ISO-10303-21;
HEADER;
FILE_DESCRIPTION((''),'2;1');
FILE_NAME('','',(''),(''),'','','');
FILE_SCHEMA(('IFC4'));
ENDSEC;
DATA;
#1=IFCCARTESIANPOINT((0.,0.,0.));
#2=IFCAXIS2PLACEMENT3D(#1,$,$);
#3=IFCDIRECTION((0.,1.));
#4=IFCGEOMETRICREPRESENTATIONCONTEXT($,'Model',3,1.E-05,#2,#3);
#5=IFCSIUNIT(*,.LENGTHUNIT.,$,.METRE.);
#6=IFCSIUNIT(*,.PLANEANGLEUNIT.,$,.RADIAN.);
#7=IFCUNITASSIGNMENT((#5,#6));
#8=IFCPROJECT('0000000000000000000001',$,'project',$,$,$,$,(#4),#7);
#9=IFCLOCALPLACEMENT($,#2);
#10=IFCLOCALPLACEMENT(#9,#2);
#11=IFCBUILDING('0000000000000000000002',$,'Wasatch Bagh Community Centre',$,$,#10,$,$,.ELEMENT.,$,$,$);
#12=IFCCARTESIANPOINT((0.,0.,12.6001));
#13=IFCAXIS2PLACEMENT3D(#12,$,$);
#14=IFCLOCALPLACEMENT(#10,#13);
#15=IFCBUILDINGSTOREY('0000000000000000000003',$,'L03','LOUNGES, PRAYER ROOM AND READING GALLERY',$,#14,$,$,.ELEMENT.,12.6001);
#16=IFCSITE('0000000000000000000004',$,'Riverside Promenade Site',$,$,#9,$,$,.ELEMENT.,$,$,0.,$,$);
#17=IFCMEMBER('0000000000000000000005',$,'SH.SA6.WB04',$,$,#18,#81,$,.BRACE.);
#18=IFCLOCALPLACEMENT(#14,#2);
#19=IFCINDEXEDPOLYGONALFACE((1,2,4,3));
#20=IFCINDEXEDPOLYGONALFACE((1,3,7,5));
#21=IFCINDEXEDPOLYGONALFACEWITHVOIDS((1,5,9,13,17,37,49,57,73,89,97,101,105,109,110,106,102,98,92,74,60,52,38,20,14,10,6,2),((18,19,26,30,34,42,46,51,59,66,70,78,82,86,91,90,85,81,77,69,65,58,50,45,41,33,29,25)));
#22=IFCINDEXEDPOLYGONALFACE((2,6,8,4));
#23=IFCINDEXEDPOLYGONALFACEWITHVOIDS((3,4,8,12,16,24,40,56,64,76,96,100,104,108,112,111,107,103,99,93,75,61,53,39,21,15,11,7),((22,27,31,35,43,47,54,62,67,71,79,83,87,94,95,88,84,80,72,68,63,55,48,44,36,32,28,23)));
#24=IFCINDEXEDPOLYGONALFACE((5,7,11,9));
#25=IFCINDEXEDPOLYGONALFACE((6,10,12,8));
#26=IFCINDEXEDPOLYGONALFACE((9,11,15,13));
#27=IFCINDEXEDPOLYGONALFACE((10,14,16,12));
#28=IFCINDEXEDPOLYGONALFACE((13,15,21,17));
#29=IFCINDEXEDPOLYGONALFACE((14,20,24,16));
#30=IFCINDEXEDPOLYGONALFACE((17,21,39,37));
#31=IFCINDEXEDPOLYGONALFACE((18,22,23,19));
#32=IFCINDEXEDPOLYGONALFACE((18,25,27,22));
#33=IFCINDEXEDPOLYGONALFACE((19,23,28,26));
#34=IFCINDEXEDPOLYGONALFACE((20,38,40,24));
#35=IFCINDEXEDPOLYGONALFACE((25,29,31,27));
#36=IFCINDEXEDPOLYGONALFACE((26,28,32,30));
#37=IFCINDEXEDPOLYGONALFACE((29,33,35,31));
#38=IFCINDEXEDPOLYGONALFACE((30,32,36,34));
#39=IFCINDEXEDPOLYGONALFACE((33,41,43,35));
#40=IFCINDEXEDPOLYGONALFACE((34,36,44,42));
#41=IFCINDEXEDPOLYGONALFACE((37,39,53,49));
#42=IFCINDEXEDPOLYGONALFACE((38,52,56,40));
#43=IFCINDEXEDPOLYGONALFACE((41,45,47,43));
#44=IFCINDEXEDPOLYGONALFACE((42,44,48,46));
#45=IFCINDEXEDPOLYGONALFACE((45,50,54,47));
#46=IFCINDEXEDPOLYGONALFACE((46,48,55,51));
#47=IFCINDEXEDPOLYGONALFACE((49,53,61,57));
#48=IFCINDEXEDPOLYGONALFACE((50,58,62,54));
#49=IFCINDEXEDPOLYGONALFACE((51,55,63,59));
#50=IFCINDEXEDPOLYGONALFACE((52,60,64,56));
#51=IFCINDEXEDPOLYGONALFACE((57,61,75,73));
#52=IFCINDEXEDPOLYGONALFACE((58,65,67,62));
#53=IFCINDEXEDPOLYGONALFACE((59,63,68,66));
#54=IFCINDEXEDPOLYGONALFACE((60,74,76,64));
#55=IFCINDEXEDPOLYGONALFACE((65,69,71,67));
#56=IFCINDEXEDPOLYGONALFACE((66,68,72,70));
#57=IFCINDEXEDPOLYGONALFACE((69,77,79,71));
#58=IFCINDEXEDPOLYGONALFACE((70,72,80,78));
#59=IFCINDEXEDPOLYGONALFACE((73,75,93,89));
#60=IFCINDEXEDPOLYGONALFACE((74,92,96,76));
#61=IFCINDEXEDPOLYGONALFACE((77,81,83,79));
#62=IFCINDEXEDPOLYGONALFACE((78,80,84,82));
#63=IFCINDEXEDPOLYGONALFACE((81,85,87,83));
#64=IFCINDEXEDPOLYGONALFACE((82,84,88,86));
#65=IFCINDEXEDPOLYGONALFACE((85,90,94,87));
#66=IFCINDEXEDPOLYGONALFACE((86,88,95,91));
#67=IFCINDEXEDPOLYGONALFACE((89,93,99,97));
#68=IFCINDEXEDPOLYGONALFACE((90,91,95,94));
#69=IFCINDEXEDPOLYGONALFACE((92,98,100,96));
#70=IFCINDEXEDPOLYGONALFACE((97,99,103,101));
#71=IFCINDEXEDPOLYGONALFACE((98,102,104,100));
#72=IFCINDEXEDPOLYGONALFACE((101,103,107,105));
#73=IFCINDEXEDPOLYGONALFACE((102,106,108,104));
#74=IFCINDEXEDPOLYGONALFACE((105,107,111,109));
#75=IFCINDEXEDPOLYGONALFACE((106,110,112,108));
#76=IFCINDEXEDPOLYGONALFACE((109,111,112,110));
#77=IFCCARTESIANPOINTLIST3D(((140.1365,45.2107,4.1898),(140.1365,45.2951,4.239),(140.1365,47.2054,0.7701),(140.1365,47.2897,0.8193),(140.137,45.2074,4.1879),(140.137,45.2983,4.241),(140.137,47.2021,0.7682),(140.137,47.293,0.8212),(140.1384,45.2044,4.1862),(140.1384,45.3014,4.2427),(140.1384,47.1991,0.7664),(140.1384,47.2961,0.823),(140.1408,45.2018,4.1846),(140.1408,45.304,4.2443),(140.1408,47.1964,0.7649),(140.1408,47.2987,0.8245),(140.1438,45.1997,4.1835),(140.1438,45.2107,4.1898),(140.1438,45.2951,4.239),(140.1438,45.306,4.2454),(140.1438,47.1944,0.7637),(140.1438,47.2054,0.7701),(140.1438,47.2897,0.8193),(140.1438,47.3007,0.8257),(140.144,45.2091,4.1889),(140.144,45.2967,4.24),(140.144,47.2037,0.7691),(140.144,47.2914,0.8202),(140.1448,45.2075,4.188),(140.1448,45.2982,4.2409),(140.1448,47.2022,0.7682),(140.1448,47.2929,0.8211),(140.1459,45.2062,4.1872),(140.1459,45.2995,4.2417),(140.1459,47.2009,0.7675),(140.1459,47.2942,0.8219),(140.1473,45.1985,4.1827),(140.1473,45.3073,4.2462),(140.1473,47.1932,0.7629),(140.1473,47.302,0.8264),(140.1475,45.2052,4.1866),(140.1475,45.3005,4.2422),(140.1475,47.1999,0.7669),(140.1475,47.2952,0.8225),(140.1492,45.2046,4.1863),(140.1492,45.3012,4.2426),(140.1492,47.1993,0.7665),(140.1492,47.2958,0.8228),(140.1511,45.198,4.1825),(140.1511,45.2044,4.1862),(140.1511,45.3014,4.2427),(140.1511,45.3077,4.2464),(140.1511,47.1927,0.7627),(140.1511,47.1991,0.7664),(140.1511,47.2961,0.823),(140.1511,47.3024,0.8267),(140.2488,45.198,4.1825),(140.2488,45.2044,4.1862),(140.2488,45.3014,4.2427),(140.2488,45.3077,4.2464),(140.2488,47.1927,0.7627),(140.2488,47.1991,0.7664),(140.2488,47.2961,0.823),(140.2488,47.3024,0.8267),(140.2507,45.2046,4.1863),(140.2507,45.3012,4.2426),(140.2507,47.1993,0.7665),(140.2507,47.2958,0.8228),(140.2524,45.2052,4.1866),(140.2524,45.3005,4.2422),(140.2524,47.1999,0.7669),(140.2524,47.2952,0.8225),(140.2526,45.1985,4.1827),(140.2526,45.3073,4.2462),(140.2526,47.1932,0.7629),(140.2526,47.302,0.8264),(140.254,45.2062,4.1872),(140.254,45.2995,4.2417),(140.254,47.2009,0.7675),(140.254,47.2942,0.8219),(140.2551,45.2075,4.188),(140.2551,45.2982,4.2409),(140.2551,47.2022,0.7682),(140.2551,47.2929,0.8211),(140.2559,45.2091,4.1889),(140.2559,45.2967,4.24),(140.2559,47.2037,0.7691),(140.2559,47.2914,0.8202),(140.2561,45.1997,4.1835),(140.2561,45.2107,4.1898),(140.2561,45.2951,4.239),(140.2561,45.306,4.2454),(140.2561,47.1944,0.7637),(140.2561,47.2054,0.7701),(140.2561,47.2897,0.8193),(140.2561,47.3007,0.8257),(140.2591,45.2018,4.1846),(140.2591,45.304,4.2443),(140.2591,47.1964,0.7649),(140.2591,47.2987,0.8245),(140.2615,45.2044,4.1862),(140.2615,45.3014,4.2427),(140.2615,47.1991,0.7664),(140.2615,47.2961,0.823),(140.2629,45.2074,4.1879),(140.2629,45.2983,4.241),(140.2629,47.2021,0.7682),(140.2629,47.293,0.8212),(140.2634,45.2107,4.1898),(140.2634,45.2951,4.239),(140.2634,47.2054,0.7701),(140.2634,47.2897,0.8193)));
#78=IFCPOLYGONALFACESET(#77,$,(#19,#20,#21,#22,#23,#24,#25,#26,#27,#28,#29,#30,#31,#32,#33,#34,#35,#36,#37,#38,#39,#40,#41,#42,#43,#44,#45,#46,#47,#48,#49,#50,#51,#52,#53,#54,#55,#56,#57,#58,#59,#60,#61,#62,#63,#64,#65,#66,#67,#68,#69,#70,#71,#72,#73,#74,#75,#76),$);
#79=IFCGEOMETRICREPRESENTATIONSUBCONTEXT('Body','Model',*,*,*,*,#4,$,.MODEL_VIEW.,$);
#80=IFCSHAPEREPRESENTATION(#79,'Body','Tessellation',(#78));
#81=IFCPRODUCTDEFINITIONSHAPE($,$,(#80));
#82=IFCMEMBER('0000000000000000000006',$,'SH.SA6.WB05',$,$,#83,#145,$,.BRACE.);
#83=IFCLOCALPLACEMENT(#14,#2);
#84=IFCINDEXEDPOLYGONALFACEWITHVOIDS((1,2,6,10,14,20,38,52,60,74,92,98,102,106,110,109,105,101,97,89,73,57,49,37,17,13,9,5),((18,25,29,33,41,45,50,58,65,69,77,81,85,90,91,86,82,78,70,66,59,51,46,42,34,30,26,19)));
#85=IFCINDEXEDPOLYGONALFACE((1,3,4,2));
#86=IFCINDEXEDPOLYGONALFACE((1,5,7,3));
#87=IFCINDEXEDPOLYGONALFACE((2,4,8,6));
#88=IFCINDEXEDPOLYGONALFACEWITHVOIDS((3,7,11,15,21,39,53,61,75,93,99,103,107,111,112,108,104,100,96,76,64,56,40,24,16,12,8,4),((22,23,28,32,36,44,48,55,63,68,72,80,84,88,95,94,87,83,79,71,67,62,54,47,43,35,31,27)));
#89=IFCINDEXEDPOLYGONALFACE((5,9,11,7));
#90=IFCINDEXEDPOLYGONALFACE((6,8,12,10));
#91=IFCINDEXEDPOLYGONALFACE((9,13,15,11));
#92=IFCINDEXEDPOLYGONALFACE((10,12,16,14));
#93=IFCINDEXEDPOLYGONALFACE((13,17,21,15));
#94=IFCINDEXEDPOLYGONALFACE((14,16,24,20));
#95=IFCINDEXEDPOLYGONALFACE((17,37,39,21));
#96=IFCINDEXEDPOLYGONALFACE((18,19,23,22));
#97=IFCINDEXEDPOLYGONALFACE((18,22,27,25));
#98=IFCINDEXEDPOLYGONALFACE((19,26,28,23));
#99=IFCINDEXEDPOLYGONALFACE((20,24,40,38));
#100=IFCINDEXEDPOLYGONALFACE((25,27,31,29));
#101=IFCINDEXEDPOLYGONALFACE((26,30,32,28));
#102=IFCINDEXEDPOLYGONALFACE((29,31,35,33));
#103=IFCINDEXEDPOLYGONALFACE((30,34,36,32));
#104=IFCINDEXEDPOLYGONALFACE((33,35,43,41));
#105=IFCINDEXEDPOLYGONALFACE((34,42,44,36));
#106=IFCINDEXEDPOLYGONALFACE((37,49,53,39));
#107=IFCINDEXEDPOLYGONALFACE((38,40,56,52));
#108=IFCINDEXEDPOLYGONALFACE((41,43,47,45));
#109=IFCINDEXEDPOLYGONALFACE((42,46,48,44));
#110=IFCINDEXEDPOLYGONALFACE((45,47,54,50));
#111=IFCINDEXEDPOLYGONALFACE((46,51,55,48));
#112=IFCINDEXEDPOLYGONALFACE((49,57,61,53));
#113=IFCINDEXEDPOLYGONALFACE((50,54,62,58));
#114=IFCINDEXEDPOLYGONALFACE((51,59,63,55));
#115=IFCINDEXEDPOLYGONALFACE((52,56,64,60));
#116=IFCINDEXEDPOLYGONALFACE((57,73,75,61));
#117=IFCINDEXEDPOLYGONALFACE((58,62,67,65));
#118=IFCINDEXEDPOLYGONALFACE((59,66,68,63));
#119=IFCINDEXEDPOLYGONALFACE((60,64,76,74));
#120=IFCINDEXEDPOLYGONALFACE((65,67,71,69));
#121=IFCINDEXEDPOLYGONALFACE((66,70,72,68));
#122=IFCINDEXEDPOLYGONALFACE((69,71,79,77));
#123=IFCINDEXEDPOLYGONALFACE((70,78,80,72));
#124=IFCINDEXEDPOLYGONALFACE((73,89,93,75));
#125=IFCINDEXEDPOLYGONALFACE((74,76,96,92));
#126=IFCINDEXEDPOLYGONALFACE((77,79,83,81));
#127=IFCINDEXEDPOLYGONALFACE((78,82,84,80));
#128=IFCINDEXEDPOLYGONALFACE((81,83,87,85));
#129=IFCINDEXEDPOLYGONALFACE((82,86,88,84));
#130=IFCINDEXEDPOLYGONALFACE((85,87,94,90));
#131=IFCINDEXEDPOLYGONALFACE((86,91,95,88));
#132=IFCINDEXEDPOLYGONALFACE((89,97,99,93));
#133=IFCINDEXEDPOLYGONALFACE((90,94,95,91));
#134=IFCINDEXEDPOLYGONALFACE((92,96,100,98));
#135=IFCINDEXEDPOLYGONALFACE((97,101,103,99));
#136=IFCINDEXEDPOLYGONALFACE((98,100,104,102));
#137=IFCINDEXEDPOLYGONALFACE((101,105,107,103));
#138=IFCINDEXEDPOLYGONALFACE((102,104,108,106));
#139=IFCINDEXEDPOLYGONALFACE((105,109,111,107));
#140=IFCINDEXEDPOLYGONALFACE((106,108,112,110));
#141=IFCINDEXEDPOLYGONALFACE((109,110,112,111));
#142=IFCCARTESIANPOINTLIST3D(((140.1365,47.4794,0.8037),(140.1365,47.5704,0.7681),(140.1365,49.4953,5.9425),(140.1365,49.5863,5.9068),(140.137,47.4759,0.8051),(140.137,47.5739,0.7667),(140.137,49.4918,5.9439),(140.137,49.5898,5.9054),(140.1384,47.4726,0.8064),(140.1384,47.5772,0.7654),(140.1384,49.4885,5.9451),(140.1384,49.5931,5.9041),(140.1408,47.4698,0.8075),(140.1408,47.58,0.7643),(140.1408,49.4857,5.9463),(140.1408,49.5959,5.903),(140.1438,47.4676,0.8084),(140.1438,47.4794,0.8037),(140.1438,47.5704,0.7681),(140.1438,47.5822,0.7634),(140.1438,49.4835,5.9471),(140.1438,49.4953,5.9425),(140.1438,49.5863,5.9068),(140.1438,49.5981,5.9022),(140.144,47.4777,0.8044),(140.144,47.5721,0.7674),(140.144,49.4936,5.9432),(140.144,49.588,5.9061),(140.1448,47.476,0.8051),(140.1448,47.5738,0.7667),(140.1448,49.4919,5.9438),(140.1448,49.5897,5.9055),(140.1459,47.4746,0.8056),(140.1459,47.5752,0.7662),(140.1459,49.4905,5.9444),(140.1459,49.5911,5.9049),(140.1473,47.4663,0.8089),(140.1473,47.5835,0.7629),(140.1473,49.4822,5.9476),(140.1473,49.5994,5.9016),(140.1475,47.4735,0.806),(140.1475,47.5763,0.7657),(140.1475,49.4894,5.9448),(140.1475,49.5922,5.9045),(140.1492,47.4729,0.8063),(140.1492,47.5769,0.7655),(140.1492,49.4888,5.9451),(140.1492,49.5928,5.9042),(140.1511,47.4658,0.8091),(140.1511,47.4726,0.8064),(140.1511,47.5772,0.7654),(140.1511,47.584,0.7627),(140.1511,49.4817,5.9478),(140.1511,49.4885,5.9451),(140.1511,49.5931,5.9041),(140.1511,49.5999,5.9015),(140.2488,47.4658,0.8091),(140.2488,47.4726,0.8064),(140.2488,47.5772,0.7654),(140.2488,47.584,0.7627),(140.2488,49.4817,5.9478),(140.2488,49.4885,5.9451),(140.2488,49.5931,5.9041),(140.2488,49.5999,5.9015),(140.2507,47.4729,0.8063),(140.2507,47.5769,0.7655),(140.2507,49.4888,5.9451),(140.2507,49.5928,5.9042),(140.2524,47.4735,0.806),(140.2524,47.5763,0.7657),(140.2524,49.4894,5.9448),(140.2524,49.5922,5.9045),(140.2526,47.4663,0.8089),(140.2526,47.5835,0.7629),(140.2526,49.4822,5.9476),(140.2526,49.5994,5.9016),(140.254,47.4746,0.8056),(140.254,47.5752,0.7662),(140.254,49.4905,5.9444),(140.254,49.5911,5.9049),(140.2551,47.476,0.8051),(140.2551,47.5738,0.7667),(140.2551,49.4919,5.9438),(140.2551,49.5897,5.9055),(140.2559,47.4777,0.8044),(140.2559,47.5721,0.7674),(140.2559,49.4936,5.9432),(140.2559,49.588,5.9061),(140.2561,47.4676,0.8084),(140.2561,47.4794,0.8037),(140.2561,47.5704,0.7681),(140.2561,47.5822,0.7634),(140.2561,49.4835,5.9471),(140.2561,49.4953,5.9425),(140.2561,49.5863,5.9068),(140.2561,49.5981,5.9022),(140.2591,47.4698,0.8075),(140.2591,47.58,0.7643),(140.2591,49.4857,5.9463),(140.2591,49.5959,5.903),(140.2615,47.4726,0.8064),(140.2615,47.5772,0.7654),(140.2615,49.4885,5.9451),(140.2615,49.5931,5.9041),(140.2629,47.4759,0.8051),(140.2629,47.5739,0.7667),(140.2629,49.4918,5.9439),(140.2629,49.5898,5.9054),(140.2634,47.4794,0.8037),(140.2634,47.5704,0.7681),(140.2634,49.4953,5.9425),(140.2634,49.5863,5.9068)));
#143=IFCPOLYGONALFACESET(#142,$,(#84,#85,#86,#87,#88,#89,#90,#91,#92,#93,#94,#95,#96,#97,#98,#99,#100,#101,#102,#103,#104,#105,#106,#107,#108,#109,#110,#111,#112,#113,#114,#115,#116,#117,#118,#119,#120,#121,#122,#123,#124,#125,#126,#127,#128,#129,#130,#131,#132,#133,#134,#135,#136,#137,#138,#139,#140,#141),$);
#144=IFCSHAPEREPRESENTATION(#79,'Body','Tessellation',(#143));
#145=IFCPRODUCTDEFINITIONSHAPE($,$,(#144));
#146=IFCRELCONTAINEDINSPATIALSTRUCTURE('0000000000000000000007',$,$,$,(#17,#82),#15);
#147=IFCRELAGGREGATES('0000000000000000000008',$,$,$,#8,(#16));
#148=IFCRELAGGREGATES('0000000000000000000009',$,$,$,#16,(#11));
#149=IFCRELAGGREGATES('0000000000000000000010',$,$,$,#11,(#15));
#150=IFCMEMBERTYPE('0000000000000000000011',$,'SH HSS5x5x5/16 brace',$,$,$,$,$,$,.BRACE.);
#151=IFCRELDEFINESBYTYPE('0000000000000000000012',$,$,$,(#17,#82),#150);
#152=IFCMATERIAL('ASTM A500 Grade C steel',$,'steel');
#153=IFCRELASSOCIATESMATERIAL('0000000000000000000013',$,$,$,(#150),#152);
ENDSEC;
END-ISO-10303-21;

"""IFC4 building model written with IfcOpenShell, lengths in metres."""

from ifc_helpers import new_model, si_unit, direction, frame, origin, origin_2d, place, context, subcontext, project, spatial, hollow_rectangle, extrude, material, material_profile, profile_set, type_object, element, save


model = new_model("IFC4")

# Units and contexts
model_context = context("Model", 3, precision=1e-05, world=origin(), true_north=direction((0.0, 1.0)))
body_context = subcontext(model_context, "Body", "Model", "MODEL_VIEW")
ifc_project = project(units=[si_unit("LENGTHUNIT", "METRE"), si_unit("PLANEANGLEUNIT", "RADIAN")], contexts=[model_context])

# Site, building, storey
site_placement = place(None, origin())
site = spatial("IfcSite", under=ifc_project, at=site_placement, Name="Riverside Promenade Site", CompositionType="ELEMENT", RefElevation=0.0)
building_placement = place(site_placement, origin())
building = spatial("IfcBuilding", under=site, at=building_placement, Name="Wasatch Bagh Community Centre", CompositionType="ELEMENT")
storey_placement = place(building_placement, frame((0.0, 0.0, 12.6001)))
storey = spatial("IfcBuildingStorey", under=building, at=storey_placement, Name="L03", Description="LOUNGES, PRAYER ROOM AND READING GALLERY", CompositionType="ELEMENT", Elevation=12.6001)

# Members
ifc_material_1 = material(Name="ASTM A500 Grade C steel", Category="steel")
ifc_material_profile_1 = material_profile(ifc_material_1, hollow_rectangle(XDim=0.127, YDim=0.127, WallThickness=0.0073, InnerFilletRadius=0.0073, OuterFilletRadius=0.0146, at=origin_2d()), Name="HSS5x5x5/16")
ifc_profile_set_1 = profile_set([ifc_material_profile_1], Name="ASTM A500 Grade C steel")
member_type_1 = type_object("IfcMemberType", Name="SH HSS5x5x5/16 brace", PredefinedType="BRACE", material=ifc_profile_set_1)
member_1_placement = place(storey_placement, frame((140.2, 47.2476, 0.7947), z_axis=(0.0, -0.503837, 0.863799), x_axis=(1.0, 0.0, 0.0)))
element("IfcMember", 1, at=member_1_placement, inside=storey, type_object=member_type_1, Name="SH.SA6.WB04", PredefinedType="BRACE", context=body_context, shape_type="SweptSolid", body=[
    extrude(hollow_rectangle(XDim=0.127, YDim=0.127, WallThickness=0.0073, InnerFilletRadius=0.0073, OuterFilletRadius=0.0146, at=origin_2d()), origin(), (0.0, 0.0, 1.0), 3.959),
])
member_2_placement = place(storey_placement, frame((140.2, 47.5249, 0.7859), z_axis=(0.0, 0.365198, 0.93093), x_axis=(-1.0, 0.0, 0.0)))
element("IfcMember", 2, at=member_2_placement, inside=storey, type_object=member_type_1, Name="SH.SA6.WB05", PredefinedType="BRACE", context=body_context, shape_type="SweptSolid", body=[
    extrude(hollow_rectangle(XDim=0.127, YDim=0.127, WallThickness=0.0073, InnerFilletRadius=0.0073, OuterFilletRadius=0.0146, at=origin_2d()), origin(), (0.0, 0.0, 1.0), 5.52),
])

save(model, "model.ifc")
